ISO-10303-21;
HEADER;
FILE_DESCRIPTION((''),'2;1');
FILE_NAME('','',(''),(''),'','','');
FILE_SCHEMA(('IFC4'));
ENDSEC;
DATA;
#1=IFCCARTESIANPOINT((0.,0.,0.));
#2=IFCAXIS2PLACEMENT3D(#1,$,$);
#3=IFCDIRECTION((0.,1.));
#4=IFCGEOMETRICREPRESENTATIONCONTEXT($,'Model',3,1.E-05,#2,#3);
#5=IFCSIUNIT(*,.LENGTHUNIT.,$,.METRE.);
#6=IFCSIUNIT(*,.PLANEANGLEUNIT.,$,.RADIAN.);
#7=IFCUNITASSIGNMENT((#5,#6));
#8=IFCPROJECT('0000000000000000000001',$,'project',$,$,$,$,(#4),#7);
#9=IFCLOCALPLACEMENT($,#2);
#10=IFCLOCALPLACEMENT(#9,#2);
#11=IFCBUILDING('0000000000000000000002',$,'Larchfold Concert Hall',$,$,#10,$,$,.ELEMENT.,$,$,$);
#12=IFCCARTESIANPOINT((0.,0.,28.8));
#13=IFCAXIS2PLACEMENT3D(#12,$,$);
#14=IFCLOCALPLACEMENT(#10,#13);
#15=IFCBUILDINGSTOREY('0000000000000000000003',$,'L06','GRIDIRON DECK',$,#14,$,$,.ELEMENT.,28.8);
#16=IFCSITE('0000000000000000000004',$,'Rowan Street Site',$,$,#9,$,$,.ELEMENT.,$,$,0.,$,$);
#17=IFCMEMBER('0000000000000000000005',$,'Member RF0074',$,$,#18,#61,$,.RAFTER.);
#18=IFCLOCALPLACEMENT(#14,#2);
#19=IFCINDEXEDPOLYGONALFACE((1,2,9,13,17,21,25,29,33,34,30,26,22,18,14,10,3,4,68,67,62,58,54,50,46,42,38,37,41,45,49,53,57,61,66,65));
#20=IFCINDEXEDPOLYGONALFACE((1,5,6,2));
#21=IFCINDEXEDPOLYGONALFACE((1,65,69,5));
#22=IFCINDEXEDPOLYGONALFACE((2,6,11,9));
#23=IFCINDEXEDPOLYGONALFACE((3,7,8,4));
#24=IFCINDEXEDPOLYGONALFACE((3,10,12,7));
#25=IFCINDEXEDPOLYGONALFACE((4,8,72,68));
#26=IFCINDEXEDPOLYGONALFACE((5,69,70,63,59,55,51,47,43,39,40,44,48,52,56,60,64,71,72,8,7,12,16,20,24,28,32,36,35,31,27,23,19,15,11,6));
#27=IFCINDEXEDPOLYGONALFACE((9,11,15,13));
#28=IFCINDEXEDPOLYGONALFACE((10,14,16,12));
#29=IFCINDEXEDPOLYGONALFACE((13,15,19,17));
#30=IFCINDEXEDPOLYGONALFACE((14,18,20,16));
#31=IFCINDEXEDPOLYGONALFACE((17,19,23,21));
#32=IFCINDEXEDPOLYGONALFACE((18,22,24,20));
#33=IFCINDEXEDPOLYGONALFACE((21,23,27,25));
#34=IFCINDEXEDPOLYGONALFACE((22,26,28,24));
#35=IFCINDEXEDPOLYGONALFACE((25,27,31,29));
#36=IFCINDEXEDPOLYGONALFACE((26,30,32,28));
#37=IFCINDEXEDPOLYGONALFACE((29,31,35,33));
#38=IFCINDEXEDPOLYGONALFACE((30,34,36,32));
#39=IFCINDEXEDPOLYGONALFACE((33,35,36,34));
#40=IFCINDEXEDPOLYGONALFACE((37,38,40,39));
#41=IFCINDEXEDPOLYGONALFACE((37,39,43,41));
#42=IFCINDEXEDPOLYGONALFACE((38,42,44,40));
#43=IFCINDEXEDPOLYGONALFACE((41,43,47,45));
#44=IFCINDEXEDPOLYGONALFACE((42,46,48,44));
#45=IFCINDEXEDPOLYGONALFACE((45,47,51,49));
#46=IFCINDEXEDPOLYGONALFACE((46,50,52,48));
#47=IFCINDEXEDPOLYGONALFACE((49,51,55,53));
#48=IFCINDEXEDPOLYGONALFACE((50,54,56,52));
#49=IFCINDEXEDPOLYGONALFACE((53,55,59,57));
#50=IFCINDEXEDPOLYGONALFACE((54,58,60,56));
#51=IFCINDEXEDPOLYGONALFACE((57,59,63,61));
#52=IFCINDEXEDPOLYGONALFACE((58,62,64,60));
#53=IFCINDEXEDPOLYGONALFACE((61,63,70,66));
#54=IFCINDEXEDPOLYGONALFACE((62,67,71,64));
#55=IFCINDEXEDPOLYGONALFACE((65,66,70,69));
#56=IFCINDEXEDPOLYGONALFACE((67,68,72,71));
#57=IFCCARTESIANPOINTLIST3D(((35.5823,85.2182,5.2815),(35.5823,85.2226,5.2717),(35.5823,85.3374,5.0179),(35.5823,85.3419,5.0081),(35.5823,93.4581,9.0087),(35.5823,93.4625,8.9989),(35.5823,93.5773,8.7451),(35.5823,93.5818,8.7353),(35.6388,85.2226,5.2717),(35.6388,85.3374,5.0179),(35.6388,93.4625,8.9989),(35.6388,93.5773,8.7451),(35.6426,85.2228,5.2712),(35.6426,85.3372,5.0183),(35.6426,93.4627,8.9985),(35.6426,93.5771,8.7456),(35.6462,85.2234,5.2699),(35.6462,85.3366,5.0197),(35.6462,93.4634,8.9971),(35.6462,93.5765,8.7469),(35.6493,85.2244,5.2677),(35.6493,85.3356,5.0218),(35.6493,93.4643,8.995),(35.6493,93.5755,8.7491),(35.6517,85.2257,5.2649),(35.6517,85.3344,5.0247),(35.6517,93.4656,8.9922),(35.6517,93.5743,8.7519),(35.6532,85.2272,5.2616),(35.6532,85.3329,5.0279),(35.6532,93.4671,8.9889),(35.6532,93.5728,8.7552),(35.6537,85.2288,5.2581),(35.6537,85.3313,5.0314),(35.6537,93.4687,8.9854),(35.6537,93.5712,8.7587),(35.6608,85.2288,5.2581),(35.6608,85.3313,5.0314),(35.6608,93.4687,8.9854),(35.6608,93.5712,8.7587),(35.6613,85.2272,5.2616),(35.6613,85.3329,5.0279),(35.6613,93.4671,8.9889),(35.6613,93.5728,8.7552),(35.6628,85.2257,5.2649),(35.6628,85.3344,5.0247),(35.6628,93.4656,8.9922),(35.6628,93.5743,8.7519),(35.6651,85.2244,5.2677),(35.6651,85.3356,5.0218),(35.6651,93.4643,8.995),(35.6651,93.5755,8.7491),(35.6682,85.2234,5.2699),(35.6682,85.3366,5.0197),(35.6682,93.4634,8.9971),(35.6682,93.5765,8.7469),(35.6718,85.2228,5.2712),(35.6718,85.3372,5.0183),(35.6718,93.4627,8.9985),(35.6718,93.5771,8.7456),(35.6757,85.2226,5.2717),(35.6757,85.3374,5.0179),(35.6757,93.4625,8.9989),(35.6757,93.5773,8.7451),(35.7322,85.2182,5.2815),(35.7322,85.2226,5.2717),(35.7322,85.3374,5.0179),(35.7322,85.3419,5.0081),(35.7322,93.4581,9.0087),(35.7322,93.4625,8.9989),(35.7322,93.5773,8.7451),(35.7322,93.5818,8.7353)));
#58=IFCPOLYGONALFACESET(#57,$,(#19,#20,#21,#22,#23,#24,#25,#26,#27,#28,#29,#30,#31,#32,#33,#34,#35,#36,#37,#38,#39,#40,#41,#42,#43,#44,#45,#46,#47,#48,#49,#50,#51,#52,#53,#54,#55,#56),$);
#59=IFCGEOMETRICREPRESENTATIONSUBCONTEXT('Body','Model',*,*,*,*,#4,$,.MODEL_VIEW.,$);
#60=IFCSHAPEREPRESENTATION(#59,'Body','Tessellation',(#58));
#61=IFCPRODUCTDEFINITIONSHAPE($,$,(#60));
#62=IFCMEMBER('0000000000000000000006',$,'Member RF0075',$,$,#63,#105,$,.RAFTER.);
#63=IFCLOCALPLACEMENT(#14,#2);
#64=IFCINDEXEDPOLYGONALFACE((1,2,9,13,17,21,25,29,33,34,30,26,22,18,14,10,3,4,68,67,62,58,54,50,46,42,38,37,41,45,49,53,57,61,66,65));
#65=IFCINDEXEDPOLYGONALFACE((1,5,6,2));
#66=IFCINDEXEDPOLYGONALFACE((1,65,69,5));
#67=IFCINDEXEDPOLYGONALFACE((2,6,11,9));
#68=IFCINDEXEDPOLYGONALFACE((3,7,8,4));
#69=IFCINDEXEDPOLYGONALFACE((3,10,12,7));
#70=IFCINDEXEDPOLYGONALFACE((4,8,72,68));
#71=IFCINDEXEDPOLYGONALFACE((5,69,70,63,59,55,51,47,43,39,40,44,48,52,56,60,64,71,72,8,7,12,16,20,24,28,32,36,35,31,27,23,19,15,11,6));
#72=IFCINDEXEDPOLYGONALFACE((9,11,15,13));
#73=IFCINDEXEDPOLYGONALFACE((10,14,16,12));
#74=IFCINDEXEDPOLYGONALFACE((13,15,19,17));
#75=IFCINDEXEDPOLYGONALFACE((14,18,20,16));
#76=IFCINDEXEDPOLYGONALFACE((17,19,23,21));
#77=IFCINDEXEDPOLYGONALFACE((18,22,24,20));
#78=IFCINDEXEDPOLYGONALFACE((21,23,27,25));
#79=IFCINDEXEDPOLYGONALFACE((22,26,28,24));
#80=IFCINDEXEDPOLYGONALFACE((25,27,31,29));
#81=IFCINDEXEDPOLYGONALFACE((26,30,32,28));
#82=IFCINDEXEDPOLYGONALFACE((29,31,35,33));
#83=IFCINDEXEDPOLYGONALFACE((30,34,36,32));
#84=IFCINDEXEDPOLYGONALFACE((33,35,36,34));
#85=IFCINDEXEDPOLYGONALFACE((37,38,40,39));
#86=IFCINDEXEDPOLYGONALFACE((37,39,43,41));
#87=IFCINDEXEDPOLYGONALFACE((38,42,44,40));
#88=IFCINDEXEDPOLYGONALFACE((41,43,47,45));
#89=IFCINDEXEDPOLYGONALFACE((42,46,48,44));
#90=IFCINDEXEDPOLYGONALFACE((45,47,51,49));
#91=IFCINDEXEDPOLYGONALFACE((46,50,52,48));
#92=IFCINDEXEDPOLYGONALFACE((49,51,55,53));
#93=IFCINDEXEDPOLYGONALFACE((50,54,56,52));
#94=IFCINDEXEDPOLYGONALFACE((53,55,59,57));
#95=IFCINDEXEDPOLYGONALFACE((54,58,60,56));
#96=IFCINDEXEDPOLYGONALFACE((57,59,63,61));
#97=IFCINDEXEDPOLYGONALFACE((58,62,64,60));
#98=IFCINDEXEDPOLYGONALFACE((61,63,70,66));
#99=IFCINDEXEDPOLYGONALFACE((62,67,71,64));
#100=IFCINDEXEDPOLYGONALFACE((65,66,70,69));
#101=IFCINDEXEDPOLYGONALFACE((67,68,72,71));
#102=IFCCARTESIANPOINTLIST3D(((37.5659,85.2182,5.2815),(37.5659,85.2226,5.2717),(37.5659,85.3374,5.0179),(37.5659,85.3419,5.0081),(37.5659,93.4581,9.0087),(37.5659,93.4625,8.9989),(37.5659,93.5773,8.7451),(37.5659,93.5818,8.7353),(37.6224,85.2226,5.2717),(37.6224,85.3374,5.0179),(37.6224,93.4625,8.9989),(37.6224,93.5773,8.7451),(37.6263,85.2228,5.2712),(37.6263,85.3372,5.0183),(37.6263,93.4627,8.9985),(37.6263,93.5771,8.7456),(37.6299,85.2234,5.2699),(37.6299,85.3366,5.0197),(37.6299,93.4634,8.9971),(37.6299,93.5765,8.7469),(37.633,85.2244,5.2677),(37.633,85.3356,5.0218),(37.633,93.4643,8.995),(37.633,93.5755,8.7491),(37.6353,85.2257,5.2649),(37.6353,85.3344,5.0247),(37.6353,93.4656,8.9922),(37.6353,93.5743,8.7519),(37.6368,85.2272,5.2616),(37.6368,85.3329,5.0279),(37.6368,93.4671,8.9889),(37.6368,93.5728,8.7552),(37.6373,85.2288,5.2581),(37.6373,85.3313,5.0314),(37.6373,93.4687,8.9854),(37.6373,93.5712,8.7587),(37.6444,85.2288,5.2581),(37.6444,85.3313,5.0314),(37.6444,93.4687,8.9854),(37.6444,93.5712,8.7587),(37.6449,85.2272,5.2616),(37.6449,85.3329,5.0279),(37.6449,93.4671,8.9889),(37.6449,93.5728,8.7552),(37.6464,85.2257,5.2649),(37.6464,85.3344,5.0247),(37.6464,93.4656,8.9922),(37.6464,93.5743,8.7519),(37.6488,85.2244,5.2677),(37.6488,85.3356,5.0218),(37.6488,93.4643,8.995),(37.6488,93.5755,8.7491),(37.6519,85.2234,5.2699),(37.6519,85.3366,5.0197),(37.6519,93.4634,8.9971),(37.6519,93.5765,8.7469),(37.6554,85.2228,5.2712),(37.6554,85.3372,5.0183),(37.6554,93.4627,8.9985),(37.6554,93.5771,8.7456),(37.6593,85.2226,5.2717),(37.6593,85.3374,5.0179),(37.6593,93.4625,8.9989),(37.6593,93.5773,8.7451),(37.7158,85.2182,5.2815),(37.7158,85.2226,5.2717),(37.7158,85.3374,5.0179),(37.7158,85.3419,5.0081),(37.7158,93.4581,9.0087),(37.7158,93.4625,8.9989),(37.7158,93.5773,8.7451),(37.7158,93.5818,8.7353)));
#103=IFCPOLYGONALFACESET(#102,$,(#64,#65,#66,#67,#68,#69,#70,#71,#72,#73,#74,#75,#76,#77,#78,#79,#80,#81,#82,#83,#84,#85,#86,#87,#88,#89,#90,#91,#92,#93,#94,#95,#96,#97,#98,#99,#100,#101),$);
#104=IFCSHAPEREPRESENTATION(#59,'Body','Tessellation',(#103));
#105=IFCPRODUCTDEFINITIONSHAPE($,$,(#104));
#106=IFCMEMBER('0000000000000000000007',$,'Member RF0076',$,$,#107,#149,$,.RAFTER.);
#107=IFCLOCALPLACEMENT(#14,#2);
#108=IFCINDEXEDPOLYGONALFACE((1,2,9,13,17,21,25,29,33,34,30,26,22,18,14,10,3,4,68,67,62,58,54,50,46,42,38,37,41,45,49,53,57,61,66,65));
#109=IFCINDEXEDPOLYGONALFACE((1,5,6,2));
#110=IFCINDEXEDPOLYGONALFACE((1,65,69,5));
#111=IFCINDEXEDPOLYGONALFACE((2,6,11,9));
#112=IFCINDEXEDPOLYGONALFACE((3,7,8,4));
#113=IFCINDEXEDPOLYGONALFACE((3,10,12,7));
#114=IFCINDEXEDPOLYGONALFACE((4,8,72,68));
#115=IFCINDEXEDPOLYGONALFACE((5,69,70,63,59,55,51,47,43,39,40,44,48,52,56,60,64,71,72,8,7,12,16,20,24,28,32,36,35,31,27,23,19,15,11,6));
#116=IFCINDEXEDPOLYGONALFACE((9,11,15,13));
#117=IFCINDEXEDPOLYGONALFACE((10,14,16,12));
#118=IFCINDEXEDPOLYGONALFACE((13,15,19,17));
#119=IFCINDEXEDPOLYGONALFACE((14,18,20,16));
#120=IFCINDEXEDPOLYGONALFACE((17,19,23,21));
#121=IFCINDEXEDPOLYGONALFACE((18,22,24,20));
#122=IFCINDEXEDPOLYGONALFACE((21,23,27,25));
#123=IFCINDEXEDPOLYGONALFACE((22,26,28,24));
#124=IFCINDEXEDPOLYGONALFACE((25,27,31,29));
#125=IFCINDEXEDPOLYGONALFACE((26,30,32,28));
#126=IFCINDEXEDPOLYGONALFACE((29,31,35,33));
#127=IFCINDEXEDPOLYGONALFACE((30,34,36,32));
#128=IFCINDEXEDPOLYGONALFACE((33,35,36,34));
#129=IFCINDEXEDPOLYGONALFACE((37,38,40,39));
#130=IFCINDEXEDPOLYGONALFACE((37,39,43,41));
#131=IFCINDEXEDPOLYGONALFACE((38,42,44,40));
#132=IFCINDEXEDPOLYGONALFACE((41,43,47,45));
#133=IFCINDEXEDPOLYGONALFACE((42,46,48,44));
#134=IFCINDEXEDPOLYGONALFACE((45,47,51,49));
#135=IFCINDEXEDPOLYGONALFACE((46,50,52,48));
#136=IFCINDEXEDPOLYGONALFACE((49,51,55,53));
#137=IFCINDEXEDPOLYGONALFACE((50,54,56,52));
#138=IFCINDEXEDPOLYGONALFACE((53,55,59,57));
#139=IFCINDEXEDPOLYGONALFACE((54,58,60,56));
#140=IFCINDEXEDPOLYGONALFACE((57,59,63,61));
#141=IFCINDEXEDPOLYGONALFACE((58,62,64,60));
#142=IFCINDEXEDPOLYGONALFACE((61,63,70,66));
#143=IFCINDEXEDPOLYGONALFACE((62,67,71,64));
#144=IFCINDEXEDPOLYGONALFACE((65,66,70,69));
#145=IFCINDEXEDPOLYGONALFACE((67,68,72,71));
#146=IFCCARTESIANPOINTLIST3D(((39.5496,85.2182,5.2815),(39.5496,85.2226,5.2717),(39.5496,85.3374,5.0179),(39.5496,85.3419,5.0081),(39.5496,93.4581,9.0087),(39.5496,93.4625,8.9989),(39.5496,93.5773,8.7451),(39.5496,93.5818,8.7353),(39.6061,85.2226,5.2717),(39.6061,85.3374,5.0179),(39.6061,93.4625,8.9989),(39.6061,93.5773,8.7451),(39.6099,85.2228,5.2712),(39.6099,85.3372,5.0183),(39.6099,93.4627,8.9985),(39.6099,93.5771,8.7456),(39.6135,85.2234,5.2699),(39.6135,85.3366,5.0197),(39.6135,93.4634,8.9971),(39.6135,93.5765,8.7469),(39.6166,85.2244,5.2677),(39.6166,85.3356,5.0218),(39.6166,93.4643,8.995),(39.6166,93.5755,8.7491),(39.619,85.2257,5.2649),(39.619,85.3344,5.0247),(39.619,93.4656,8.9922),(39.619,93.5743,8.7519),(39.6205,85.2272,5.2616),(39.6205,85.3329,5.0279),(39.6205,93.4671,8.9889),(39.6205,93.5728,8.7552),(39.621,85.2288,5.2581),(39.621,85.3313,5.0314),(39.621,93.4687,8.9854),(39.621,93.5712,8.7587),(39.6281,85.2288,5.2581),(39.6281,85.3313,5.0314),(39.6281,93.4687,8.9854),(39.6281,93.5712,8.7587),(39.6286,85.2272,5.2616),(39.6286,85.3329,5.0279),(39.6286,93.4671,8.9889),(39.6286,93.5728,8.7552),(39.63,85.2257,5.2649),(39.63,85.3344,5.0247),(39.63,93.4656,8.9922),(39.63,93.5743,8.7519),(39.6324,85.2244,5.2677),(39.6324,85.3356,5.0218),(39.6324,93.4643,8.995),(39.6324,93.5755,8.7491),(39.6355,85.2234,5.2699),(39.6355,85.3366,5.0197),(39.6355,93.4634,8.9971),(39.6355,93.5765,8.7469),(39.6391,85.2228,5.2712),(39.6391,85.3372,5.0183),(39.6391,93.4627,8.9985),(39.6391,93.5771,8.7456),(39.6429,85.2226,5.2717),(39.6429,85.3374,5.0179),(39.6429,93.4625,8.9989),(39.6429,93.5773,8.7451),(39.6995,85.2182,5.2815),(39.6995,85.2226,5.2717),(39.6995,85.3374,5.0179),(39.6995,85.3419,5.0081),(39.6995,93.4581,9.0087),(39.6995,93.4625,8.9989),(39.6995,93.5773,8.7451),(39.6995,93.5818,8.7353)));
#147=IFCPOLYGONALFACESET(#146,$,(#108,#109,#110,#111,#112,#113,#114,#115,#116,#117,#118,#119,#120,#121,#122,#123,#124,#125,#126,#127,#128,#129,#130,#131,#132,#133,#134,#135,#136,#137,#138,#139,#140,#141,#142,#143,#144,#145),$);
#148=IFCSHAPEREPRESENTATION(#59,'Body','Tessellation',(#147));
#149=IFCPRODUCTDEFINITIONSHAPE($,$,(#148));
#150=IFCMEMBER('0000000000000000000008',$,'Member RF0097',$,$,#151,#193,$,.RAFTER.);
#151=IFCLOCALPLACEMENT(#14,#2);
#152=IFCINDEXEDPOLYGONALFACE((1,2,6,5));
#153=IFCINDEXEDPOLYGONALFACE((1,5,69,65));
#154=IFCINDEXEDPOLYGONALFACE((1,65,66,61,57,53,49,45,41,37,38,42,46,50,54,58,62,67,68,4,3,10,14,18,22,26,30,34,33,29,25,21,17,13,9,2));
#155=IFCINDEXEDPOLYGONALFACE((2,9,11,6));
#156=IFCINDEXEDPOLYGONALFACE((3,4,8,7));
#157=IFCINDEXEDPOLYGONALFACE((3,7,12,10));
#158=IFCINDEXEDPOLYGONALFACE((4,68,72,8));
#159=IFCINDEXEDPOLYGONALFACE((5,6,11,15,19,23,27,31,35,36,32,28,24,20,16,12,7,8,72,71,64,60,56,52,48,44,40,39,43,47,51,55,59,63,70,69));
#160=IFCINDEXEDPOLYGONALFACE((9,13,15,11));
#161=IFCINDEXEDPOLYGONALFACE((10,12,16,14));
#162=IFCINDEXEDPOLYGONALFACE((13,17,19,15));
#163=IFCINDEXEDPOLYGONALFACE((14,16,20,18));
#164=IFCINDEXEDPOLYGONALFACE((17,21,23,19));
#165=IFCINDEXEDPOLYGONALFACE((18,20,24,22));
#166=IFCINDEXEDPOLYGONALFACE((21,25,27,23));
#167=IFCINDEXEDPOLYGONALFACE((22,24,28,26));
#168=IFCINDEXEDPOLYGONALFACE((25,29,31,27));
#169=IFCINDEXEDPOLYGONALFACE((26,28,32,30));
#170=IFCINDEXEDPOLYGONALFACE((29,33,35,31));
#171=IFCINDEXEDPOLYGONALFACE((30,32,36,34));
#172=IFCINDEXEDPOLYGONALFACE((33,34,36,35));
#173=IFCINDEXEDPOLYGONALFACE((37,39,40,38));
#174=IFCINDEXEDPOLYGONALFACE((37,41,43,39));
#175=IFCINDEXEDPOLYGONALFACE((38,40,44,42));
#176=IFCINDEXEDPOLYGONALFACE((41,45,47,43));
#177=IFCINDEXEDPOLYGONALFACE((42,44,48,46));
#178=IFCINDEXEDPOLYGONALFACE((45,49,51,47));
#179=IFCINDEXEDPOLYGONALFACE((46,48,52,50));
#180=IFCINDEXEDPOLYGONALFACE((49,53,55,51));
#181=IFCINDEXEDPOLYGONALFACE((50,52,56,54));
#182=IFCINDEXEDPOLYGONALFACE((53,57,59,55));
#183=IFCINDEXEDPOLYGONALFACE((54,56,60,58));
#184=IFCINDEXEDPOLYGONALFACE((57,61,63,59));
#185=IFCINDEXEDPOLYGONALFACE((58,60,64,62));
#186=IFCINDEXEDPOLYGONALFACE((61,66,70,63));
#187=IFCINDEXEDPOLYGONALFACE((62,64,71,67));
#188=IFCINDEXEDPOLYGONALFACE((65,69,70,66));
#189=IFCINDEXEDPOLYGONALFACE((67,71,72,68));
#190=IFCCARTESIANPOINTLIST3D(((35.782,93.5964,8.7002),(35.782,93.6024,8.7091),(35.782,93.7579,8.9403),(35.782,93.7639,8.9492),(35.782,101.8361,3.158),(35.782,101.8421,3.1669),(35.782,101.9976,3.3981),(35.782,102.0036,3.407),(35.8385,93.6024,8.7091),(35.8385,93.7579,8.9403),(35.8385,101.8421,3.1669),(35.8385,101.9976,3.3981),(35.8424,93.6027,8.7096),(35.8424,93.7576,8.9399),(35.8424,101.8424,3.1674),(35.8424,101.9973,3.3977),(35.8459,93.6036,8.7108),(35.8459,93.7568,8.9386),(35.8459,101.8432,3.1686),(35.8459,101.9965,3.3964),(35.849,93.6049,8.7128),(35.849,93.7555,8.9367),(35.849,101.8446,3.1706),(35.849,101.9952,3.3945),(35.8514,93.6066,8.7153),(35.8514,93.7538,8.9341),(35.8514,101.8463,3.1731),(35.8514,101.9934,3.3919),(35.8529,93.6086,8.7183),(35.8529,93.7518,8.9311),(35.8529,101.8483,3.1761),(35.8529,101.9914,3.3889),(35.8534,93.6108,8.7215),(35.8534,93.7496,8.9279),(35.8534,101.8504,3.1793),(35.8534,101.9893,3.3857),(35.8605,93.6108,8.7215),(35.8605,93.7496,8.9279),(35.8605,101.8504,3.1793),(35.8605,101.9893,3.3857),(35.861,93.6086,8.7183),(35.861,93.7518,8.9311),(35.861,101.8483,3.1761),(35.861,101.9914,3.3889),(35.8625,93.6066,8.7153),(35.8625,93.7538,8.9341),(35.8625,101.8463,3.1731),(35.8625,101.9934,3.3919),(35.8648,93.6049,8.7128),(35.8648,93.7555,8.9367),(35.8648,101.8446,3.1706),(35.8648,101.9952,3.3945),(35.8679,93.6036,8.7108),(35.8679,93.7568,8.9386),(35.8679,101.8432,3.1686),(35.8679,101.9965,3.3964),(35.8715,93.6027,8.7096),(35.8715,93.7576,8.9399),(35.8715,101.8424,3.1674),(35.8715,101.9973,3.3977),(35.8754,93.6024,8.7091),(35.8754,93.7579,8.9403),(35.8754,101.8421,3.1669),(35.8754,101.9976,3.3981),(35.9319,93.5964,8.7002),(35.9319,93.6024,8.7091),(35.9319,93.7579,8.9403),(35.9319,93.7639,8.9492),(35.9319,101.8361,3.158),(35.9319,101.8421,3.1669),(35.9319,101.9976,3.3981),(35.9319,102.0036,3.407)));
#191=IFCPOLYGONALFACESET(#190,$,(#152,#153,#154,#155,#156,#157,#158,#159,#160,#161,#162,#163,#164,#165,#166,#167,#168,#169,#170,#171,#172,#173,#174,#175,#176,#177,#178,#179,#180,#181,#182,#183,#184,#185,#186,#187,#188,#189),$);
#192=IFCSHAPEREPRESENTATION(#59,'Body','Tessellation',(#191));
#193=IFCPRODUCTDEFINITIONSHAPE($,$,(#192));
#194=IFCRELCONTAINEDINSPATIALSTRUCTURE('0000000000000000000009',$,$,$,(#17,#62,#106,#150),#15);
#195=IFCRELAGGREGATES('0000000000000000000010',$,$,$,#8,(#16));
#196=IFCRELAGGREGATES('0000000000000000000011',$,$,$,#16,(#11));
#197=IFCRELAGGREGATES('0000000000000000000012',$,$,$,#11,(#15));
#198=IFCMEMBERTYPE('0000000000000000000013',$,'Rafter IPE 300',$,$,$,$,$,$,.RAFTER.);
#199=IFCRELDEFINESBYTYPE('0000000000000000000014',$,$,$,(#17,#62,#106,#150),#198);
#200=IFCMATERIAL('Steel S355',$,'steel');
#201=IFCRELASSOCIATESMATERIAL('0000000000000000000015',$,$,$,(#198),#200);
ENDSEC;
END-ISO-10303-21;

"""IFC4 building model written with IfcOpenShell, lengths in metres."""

from ifc_helpers import new_model, si_unit, direction, frame, origin, origin_2d, place, context, subcontext, project, spatial, i_section, extrude, material, material_profile, profile_set, type_object, element, save


model = new_model("IFC4")

# Units and contexts
model_context = context("Model", 3, precision=1e-05, world=origin(), true_north=direction((0.0, 1.0)))
body_context = subcontext(model_context, "Body", "Model", "MODEL_VIEW")
ifc_project = project(units=[si_unit("LENGTHUNIT", "METRE"), si_unit("PLANEANGLEUNIT", "RADIAN")], contexts=[model_context])

# Site, building, storey
site_placement = place(None, origin())
site = spatial("IfcSite", under=ifc_project, at=site_placement, Name="Rowan Street Site", CompositionType="ELEMENT", RefElevation=0.0)
building_placement = place(site_placement, origin())
building = spatial("IfcBuilding", under=site, at=building_placement, Name="Larchfold Concert Hall", CompositionType="ELEMENT")
storey_placement = place(building_placement, frame((0.0, 0.0, 28.8)))
storey = spatial("IfcBuildingStorey", under=building, at=storey_placement, Name="L06", Description="GRIDIRON DECK", CompositionType="ELEMENT", Elevation=28.8)

# Members
ifc_material_1 = material(Name="Steel S355", Category="steel")
ifc_material_profile_1 = material_profile(ifc_material_1, i_section(OverallWidth=0.1499, OverallDepth=0.3, WebThickness=0.0071, FlangeThickness=0.0107, FilletRadius=0.0149, at=origin_2d()))
ifc_profile_set_1 = profile_set([ifc_material_profile_1], Name="Steel S355")
member_type_1 = type_object("IfcMemberType", Name="Rafter IPE 300", PredefinedType="RAFTER", material=ifc_profile_set_1)
for number, where, z_axis, x_axis, name in (
    (1, (35.6572, 85.28, 5.1448), (0.0, 0.911121, 0.412139), (-1.0, 0.0, 0.0), "Member RF0074"),
    (2, (37.6409, 85.28, 5.1448), (0.0, 0.911121, 0.412139), (-1.0, 0.0, 0.0), "Member RF0075"),
    (3, (39.6245, 85.28, 5.1448), (0.0, 0.911121, 0.412139), (-1.0, 0.0, 0.0), "Member RF0076"),
):
    element("IfcMember", number, at=place(storey_placement, frame(where, z_axis=z_axis, x_axis=x_axis)), inside=storey, type_object=member_type_1, Name=name, PredefinedType="RAFTER", context=body_context, shape_type="SweptSolid", body=[
        extrude(i_section(OverallWidth=0.1499, OverallDepth=0.3, WebThickness=0.0071, FlangeThickness=0.0107, FilletRadius=0.0149, at=origin_2d()), origin(), (0.0, 0.0, 1.0), 9.0437),
    ])
for number, where, z_axis, x_axis, name in (
    (4, (35.8569, 93.6802, 8.8247), (0.0, 0.829762, -0.558117), (-1.0, 0.0, 0.0), "Member RF0097"),
):
    element("IfcMember", number, at=place(storey_placement, frame(where, z_axis=z_axis, x_axis=x_axis)), inside=storey, type_object=member_type_1, Name=name, PredefinedType="RAFTER", context=body_context, shape_type="SweptSolid", body=[
        extrude(i_section(OverallWidth=0.1499, OverallDepth=0.3, WebThickness=0.0071, FlangeThickness=0.0107, FilletRadius=0.0149, at=origin_2d()), origin(), (0.0, 0.0, 1.0), 9.9302),
    ])

save(model, "model.ifc")
